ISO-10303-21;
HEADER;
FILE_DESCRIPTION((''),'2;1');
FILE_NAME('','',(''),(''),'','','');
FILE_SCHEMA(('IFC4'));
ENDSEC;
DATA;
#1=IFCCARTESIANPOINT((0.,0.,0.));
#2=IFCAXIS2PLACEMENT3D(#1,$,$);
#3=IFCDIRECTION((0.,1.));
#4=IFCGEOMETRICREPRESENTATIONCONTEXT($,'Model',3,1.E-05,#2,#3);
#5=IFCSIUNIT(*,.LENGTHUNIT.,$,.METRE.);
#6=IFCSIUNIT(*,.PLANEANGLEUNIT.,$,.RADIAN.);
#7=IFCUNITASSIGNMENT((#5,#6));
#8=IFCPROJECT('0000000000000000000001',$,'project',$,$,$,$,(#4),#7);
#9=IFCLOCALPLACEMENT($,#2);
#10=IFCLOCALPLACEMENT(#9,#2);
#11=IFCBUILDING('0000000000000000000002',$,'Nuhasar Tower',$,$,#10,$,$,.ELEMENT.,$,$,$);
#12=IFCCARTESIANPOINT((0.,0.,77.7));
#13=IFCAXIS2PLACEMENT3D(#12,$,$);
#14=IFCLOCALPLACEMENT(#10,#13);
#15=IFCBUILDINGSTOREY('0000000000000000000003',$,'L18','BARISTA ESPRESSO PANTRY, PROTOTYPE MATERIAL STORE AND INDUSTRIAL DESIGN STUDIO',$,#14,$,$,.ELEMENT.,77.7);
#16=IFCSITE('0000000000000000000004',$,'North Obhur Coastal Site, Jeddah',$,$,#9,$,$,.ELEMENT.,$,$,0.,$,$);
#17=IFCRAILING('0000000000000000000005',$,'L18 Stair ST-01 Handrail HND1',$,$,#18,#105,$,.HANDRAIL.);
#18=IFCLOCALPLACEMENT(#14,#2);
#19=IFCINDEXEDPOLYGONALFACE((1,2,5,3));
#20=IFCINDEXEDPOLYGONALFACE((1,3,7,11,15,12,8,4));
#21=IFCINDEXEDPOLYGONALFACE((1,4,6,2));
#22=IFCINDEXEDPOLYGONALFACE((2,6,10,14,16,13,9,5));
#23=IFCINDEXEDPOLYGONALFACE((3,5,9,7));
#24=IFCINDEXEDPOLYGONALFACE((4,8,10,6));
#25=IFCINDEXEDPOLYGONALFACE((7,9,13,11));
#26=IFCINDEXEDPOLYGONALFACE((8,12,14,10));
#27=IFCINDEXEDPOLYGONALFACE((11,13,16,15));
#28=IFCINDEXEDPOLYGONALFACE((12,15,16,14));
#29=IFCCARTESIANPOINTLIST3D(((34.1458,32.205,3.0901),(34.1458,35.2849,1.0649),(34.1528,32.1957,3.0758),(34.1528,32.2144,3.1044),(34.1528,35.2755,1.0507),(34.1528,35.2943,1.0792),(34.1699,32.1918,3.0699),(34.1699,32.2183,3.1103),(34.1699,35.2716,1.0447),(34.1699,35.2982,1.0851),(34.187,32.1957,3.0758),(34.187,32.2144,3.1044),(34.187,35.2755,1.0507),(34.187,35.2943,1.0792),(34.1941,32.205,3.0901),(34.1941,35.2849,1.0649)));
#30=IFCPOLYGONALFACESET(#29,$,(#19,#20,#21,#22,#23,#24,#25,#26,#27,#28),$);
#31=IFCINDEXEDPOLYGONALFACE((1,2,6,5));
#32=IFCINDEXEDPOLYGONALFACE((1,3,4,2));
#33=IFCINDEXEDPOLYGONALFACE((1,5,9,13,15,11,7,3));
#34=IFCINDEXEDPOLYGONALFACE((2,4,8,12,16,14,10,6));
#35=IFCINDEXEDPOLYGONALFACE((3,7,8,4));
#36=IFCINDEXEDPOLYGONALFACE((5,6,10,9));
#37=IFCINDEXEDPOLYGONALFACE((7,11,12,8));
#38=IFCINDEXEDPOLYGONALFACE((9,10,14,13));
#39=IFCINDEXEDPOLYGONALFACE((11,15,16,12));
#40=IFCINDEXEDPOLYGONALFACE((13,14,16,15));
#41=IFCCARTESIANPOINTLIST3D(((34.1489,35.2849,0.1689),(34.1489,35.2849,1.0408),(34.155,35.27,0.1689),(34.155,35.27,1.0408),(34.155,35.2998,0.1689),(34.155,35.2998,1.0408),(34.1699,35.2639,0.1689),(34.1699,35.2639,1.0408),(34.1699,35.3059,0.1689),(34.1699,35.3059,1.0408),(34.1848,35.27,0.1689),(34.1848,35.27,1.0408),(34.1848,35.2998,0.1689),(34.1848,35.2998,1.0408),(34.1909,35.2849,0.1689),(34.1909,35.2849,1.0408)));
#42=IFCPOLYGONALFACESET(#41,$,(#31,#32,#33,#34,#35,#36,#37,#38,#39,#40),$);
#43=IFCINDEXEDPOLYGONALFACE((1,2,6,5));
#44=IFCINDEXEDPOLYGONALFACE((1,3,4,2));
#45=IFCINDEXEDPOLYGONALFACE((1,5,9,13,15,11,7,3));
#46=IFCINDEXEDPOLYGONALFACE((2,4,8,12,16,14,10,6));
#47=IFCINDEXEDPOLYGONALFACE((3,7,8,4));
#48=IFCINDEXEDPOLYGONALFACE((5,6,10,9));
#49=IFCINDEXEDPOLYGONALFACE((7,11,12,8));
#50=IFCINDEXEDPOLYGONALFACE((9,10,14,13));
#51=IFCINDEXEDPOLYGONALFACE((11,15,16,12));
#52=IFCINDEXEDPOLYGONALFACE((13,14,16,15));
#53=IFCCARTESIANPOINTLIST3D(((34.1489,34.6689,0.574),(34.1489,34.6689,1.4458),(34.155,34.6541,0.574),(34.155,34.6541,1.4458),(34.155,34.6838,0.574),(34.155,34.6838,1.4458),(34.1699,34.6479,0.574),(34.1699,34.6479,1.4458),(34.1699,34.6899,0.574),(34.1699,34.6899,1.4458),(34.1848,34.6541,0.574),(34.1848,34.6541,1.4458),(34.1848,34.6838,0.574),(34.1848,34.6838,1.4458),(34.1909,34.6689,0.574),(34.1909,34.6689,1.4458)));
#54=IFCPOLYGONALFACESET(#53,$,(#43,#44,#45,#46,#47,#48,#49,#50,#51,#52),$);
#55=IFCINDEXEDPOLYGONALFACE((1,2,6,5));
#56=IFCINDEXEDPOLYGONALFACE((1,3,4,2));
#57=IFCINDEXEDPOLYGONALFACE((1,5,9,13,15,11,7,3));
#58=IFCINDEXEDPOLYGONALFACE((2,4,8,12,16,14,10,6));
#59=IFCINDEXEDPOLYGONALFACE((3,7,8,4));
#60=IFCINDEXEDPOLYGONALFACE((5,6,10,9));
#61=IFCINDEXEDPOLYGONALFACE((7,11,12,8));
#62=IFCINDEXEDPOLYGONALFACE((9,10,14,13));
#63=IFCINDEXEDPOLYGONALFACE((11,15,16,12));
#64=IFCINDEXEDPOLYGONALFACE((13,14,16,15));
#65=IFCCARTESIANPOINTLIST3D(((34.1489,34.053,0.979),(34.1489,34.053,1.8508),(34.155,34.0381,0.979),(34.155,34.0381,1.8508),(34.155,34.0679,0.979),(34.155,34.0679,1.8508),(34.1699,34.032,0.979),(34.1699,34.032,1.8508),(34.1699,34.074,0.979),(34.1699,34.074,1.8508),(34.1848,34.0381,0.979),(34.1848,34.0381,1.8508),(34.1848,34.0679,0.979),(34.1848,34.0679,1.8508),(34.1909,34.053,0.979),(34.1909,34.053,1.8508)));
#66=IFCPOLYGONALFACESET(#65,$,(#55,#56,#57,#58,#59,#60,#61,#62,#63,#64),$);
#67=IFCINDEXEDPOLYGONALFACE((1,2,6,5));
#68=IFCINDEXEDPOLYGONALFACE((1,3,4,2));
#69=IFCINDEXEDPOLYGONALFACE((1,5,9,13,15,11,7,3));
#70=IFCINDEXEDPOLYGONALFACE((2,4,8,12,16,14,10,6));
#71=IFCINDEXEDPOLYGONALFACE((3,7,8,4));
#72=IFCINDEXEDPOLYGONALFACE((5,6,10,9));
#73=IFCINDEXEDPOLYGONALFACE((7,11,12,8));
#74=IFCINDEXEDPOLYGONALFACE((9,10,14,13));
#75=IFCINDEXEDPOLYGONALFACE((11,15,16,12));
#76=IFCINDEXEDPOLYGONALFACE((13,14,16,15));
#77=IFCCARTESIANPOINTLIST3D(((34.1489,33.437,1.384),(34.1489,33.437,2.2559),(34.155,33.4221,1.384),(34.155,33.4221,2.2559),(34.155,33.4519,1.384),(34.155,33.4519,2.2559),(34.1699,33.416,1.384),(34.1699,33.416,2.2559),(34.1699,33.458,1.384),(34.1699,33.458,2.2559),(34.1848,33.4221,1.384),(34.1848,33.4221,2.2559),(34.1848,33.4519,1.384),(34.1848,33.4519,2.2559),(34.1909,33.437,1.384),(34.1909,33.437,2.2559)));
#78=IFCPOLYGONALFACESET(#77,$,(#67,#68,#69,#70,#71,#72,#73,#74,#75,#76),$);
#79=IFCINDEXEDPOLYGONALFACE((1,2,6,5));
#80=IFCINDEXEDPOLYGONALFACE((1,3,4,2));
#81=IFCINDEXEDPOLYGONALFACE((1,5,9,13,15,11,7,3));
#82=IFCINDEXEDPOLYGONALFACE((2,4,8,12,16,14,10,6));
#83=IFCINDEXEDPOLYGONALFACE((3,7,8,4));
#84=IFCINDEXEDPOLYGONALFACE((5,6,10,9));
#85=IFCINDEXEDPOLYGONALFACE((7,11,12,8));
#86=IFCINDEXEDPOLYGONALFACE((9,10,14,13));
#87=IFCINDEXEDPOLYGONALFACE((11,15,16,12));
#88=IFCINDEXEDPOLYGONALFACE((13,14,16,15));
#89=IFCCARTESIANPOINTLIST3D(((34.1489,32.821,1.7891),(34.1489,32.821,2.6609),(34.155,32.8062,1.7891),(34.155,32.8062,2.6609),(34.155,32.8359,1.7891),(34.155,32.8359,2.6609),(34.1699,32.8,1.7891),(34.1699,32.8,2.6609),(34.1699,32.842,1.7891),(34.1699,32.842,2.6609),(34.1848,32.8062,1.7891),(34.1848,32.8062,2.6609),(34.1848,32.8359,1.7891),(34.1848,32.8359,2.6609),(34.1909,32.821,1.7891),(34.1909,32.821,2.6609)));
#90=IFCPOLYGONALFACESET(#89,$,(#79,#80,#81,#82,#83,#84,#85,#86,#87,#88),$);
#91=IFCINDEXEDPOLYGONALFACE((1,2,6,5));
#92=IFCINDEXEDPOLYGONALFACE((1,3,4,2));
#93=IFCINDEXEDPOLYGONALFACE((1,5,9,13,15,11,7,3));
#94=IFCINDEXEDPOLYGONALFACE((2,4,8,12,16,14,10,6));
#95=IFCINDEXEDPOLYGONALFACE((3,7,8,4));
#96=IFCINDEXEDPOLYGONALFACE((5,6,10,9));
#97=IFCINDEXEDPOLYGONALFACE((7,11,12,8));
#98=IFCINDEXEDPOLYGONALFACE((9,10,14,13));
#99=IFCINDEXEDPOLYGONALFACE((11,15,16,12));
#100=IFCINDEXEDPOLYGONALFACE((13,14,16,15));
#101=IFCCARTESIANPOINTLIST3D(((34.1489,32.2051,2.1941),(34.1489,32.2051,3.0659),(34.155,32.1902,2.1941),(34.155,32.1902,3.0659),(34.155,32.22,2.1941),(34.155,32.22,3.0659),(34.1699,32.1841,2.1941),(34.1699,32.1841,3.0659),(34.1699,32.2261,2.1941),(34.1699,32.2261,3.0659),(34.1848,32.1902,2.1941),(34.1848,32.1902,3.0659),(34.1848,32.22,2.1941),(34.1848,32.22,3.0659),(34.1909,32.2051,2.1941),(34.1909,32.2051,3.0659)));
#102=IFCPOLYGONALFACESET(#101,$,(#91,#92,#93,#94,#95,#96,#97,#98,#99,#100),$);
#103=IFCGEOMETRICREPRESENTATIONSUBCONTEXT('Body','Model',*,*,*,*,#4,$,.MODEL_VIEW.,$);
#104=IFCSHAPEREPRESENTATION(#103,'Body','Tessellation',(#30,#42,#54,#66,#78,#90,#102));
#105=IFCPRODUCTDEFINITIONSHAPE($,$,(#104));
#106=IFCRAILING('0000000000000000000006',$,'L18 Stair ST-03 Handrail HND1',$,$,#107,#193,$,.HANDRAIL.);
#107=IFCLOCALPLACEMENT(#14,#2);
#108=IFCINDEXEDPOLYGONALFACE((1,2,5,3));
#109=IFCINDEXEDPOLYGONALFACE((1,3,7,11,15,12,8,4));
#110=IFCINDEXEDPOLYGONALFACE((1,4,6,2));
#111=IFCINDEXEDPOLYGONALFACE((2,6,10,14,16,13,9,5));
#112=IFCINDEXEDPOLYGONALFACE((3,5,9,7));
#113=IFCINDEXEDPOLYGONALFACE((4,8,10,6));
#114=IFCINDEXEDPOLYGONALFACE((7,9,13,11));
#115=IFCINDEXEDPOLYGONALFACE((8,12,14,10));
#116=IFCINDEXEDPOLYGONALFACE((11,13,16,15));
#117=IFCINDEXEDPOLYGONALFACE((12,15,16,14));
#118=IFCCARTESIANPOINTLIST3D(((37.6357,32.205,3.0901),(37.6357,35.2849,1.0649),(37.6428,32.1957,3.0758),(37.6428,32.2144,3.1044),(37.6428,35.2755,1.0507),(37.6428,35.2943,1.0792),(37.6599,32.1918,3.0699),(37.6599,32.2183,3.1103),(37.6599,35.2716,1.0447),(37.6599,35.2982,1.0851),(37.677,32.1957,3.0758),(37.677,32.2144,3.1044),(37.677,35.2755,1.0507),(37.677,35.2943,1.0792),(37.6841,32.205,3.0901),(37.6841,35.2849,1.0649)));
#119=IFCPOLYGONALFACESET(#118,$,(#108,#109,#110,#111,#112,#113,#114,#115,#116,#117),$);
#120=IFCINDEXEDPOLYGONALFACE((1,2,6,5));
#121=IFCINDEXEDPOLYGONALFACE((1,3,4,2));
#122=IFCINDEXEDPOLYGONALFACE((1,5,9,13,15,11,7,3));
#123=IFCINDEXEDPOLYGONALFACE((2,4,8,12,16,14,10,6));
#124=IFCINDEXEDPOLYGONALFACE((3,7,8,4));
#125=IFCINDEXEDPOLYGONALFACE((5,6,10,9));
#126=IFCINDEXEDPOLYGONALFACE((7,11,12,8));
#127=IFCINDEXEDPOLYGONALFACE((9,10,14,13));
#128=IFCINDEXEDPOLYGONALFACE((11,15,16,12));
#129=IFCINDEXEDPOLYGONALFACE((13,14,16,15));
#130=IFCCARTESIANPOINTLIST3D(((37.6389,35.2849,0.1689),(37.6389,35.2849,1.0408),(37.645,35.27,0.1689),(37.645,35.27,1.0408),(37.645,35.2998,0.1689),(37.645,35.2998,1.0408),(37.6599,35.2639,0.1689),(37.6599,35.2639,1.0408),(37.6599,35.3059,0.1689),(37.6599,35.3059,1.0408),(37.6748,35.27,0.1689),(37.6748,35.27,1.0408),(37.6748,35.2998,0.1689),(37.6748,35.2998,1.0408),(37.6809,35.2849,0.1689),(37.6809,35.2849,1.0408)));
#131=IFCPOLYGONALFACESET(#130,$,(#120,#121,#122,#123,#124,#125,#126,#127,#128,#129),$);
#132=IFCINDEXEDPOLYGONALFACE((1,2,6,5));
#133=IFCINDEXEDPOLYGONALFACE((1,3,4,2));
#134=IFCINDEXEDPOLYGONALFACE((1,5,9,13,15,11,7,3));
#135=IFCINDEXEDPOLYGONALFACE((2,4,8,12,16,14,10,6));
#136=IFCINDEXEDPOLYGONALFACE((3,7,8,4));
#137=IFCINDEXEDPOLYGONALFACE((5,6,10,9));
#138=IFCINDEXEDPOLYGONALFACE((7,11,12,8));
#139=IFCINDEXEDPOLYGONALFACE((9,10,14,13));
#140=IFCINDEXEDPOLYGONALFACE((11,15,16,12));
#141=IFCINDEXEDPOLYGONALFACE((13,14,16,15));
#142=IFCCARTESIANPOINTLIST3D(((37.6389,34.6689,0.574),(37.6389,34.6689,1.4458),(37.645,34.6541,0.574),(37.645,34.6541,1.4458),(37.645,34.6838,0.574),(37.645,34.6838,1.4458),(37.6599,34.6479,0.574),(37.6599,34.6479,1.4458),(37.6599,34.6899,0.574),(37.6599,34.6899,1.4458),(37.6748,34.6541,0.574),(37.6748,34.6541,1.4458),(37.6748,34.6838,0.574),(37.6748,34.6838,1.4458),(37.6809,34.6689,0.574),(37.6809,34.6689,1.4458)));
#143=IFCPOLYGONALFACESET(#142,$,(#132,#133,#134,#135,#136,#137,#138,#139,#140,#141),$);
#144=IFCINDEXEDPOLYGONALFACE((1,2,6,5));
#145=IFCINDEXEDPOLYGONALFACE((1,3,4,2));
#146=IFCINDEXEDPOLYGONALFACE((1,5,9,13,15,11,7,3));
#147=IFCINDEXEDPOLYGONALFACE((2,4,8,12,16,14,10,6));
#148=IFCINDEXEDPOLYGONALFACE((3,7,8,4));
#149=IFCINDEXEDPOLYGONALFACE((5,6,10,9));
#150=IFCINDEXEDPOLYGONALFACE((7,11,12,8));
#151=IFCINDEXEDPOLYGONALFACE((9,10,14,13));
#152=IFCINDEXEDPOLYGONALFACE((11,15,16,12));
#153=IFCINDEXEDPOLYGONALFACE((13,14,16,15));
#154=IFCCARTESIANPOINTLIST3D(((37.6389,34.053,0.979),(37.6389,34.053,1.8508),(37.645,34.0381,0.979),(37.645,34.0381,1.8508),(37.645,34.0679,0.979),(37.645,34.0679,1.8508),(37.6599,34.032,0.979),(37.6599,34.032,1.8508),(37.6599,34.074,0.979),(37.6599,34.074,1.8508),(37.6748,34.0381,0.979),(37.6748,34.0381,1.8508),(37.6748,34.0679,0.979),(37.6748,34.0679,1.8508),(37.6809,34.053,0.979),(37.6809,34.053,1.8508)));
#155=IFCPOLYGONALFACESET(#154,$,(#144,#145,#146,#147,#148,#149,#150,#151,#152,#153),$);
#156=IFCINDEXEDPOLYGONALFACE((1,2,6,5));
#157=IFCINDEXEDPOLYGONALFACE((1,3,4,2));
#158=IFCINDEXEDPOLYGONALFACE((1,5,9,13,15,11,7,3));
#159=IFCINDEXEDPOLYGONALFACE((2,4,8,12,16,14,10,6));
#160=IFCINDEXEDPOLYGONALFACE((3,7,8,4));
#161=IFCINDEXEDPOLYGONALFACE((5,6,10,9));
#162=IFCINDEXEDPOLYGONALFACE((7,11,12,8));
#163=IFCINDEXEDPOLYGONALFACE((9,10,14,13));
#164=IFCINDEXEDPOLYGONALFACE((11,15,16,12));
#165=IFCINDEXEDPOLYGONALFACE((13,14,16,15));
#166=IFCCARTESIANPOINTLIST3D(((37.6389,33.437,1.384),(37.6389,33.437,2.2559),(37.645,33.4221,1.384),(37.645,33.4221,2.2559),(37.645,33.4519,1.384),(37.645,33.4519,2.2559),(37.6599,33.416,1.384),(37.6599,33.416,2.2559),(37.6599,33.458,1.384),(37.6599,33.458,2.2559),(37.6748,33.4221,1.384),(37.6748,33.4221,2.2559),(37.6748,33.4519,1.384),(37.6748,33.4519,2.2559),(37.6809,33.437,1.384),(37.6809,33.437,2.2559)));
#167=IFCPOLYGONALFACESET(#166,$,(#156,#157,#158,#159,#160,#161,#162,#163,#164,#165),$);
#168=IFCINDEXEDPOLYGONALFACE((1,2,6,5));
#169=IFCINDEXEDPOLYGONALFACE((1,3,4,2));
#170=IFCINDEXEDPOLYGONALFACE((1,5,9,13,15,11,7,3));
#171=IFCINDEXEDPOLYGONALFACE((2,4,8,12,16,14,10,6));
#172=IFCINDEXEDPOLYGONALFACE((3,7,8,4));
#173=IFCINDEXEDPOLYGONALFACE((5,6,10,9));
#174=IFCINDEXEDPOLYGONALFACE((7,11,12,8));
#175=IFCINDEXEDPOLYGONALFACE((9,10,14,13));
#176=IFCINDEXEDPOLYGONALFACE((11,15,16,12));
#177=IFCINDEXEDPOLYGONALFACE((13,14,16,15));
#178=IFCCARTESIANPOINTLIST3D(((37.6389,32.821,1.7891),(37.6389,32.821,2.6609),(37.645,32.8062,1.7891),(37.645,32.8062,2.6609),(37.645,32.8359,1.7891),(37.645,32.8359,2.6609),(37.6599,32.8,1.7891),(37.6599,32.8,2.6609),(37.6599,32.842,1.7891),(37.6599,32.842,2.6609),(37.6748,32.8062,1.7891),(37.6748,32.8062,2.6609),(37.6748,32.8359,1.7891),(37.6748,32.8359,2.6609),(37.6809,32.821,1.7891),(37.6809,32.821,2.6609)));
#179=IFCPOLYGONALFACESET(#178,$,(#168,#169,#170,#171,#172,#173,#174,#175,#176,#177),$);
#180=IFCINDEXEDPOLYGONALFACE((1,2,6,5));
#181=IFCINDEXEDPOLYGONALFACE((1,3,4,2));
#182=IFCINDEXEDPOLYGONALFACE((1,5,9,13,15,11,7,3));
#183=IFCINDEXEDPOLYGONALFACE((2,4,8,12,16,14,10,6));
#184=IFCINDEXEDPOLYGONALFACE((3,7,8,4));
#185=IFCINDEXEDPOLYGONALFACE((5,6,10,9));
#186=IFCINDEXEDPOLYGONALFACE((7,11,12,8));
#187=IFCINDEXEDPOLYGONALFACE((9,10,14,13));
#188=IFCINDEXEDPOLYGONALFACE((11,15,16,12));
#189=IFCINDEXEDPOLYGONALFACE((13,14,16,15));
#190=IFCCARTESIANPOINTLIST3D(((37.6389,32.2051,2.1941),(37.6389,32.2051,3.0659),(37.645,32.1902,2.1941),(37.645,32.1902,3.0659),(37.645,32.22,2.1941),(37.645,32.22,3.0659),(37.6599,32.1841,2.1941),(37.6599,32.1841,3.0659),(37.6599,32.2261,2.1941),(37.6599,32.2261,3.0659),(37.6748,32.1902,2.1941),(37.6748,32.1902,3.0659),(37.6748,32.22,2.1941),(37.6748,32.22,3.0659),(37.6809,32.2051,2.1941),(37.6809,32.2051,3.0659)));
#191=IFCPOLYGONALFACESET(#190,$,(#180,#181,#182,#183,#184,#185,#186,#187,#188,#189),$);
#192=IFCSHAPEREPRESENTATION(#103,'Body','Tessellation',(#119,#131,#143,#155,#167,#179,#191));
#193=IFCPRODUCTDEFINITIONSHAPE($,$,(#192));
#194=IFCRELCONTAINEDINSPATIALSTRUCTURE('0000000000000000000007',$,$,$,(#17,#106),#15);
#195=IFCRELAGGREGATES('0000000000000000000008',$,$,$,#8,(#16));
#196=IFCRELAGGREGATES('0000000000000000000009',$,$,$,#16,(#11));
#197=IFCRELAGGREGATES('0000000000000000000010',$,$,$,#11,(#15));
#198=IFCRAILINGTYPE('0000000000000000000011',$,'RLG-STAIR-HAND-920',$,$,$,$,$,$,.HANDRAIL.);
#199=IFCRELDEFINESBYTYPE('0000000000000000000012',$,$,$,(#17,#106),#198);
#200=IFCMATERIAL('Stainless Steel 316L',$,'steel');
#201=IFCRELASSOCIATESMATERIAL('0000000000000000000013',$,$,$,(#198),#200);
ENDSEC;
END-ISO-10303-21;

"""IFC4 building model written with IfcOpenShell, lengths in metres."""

from ifc_helpers import new_model, si_unit, direction, frame, origin, place, context, subcontext, project, spatial, polyline, outline, extrude, material, type_object, element, save


model = new_model("IFC4")

# Units and contexts
model_context = context("Model", 3, precision=1e-05, world=origin(), true_north=direction((0.0, 1.0)))
body_context = subcontext(model_context, "Body", "Model", "MODEL_VIEW")
ifc_project = project(units=[si_unit("LENGTHUNIT", "METRE"), si_unit("PLANEANGLEUNIT", "RADIAN")], contexts=[model_context])

# Site, building, storey
site_placement = place(None, origin())
site = spatial("IfcSite", under=ifc_project, at=site_placement, Name="North Obhur Coastal Site, Jeddah", CompositionType="ELEMENT", RefElevation=0.0)
building_placement = place(site_placement, origin())
building = spatial("IfcBuilding", under=site, at=building_placement, Name="Nuhasar Tower", CompositionType="ELEMENT")
storey_placement = place(building_placement, frame((0.0, 0.0, 77.7)))
storey = spatial("IfcBuildingStorey", under=building, at=storey_placement, Name="L18", Description="BARISTA ESPRESSO PANTRY, PROTOTYPE MATERIAL STORE AND INDUSTRIAL DESIGN STUDIO", CompositionType="ELEMENT", Elevation=77.7)

# Railings
ifc_material_1 = material(Name="Stainless Steel 316L", Category="steel")
railing_type_1 = type_object("IfcRailingType", Name="RLG-STAIR-HAND-920", PredefinedType="HANDRAIL", material=ifc_material_1)
railing_1_placement = place(storey_placement, frame((34.1699, 35.2849, 0.1689)))
element("IfcRailing", 1, at=railing_1_placement, inside=storey, type_object=railing_type_1, Name="L18 Stair ST-01 Handrail HND1", PredefinedType="HANDRAIL", context=body_context, shape_type="SweptSolid", body=[
    extrude(outline(polyline([(0.0242, 0.0), (0.0171, 0.0171), (0.0, 0.0242), (-0.0171, 0.0171), (-0.0242, 0.0), (-0.0171, -0.0171), (0.0, -0.0242), (0.0171, -0.0171), (0.0242, 0.0)])), frame((0.0, 0.0, 0.896), z_axis=(0.0, -0.835549, 0.549416), x_axis=(1.0, 0.0, 0.0)), (0.0, 0.0, 1.0), 3.686),
    extrude(outline(polyline([(0.021, 0.0), (0.0149, 0.0149), (0.0, 0.021), (-0.0149, 0.0149), (-0.021, 0.0), (-0.0149, -0.0149), (0.0, -0.021), (0.0149, -0.0149), (0.021, 0.0)])), origin(), (0.0, 0.0, 1.0), 0.8718),
    extrude(outline(polyline([(0.021, 0.0), (0.0149, 0.0149), (0.0, 0.021), (-0.0149, 0.0149), (-0.021, 0.0), (-0.0149, -0.0149), (0.0, -0.021), (0.0149, -0.0149), (0.021, 0.0)])), frame((0.0, -0.616, 0.405)), (0.0, 0.0, 1.0), 0.8718),
    extrude(outline(polyline([(0.021, 0.0), (0.0149, 0.0149), (0.0, 0.021), (-0.0149, 0.0149), (-0.021, 0.0), (-0.0149, -0.0149), (0.0, -0.021), (0.0149, -0.0149), (0.021, 0.0)])), frame((0.0, -1.2319, 0.8101)), (0.0, 0.0, 1.0), 0.8718),
    extrude(outline(polyline([(0.021, 0.0), (0.0149, 0.0149), (0.0, 0.021), (-0.0149, 0.0149), (-0.021, 0.0), (-0.0149, -0.0149), (0.0, -0.021), (0.0149, -0.0149), (0.021, 0.0)])), frame((0.0, -1.8479, 1.2151)), (0.0, 0.0, 1.0), 0.8718),
    extrude(outline(polyline([(0.021, 0.0), (0.0149, 0.0149), (0.0, 0.021), (-0.0149, 0.0149), (-0.021, 0.0), (-0.0149, -0.0149), (0.0, -0.021), (0.0149, -0.0149), (0.021, 0.0)])), frame((0.0, -2.4639, 1.6201)), (0.0, 0.0, 1.0), 0.8718),
    extrude(outline(polyline([(0.021, 0.0), (0.0149, 0.0149), (0.0, 0.021), (-0.0149, 0.0149), (-0.021, 0.0), (-0.0149, -0.0149), (0.0, -0.021), (0.0149, -0.0149), (0.021, 0.0)])), frame((0.0, -3.0798, 2.0251)), (0.0, 0.0, 1.0), 0.8718),
])
railing_2_placement = place(storey_placement, frame((37.6599, 35.2849, 0.1689)))
element("IfcRailing", 2, at=railing_2_placement, inside=storey, type_object=railing_type_1, Name="L18 Stair ST-03 Handrail HND1", PredefinedType="HANDRAIL", context=body_context, shape_type="SweptSolid", body=[
    extrude(outline(polyline([(0.0242, 0.0), (0.0171, 0.0171), (0.0, 0.0242), (-0.0171, 0.0171), (-0.0242, 0.0), (-0.0171, -0.0171), (0.0, -0.0242), (0.0171, -0.0171), (0.0242, 0.0)])), frame((0.0, 0.0, 0.896), z_axis=(0.0, -0.835549, 0.549416), x_axis=(1.0, 0.0, 0.0)), (0.0, 0.0, 1.0), 3.686),
    extrude(outline(polyline([(0.021, 0.0), (0.0149, 0.0149), (0.0, 0.021), (-0.0149, 0.0149), (-0.021, 0.0), (-0.0149, -0.0149), (0.0, -0.021), (0.0149, -0.0149), (0.021, 0.0)])), origin(), (0.0, 0.0, 1.0), 0.8718),
    extrude(outline(polyline([(0.021, 0.0), (0.0149, 0.0149), (0.0, 0.021), (-0.0149, 0.0149), (-0.021, 0.0), (-0.0149, -0.0149), (0.0, -0.021), (0.0149, -0.0149), (0.021, 0.0)])), frame((0.0, -0.616, 0.405)), (0.0, 0.0, 1.0), 0.8718),
    extrude(outline(polyline([(0.021, 0.0), (0.0149, 0.0149), (0.0, 0.021), (-0.0149, 0.0149), (-0.021, 0.0), (-0.0149, -0.0149), (0.0, -0.021), (0.0149, -0.0149), (0.021, 0.0)])), frame((0.0, -1.2319, 0.8101)), (0.0, 0.0, 1.0), 0.8718),
    extrude(outline(polyline([(0.021, 0.0), (0.0149, 0.0149), (0.0, 0.021), (-0.0149, 0.0149), (-0.021, 0.0), (-0.0149, -0.0149), (0.0, -0.021), (0.0149, -0.0149), (0.021, 0.0)])), frame((0.0, -1.8479, 1.2151)), (0.0, 0.0, 1.0), 0.8718),
    extrude(outline(polyline([(0.021, 0.0), (0.0149, 0.0149), (0.0, 0.021), (-0.0149, 0.0149), (-0.021, 0.0), (-0.0149, -0.0149), (0.0, -0.021), (0.0149, -0.0149), (0.021, 0.0)])), frame((0.0, -2.4639, 1.6201)), (0.0, 0.0, 1.0), 0.8718),
    extrude(outline(polyline([(0.021, 0.0), (0.0149, 0.0149), (0.0, 0.021), (-0.0149, 0.0149), (-0.021, 0.0), (-0.0149, -0.0149), (0.0, -0.021), (0.0149, -0.0149), (0.021, 0.0)])), frame((0.0, -3.0798, 2.0251)), (0.0, 0.0, 1.0), 0.8718),
])

save(model, "model.ifc")
